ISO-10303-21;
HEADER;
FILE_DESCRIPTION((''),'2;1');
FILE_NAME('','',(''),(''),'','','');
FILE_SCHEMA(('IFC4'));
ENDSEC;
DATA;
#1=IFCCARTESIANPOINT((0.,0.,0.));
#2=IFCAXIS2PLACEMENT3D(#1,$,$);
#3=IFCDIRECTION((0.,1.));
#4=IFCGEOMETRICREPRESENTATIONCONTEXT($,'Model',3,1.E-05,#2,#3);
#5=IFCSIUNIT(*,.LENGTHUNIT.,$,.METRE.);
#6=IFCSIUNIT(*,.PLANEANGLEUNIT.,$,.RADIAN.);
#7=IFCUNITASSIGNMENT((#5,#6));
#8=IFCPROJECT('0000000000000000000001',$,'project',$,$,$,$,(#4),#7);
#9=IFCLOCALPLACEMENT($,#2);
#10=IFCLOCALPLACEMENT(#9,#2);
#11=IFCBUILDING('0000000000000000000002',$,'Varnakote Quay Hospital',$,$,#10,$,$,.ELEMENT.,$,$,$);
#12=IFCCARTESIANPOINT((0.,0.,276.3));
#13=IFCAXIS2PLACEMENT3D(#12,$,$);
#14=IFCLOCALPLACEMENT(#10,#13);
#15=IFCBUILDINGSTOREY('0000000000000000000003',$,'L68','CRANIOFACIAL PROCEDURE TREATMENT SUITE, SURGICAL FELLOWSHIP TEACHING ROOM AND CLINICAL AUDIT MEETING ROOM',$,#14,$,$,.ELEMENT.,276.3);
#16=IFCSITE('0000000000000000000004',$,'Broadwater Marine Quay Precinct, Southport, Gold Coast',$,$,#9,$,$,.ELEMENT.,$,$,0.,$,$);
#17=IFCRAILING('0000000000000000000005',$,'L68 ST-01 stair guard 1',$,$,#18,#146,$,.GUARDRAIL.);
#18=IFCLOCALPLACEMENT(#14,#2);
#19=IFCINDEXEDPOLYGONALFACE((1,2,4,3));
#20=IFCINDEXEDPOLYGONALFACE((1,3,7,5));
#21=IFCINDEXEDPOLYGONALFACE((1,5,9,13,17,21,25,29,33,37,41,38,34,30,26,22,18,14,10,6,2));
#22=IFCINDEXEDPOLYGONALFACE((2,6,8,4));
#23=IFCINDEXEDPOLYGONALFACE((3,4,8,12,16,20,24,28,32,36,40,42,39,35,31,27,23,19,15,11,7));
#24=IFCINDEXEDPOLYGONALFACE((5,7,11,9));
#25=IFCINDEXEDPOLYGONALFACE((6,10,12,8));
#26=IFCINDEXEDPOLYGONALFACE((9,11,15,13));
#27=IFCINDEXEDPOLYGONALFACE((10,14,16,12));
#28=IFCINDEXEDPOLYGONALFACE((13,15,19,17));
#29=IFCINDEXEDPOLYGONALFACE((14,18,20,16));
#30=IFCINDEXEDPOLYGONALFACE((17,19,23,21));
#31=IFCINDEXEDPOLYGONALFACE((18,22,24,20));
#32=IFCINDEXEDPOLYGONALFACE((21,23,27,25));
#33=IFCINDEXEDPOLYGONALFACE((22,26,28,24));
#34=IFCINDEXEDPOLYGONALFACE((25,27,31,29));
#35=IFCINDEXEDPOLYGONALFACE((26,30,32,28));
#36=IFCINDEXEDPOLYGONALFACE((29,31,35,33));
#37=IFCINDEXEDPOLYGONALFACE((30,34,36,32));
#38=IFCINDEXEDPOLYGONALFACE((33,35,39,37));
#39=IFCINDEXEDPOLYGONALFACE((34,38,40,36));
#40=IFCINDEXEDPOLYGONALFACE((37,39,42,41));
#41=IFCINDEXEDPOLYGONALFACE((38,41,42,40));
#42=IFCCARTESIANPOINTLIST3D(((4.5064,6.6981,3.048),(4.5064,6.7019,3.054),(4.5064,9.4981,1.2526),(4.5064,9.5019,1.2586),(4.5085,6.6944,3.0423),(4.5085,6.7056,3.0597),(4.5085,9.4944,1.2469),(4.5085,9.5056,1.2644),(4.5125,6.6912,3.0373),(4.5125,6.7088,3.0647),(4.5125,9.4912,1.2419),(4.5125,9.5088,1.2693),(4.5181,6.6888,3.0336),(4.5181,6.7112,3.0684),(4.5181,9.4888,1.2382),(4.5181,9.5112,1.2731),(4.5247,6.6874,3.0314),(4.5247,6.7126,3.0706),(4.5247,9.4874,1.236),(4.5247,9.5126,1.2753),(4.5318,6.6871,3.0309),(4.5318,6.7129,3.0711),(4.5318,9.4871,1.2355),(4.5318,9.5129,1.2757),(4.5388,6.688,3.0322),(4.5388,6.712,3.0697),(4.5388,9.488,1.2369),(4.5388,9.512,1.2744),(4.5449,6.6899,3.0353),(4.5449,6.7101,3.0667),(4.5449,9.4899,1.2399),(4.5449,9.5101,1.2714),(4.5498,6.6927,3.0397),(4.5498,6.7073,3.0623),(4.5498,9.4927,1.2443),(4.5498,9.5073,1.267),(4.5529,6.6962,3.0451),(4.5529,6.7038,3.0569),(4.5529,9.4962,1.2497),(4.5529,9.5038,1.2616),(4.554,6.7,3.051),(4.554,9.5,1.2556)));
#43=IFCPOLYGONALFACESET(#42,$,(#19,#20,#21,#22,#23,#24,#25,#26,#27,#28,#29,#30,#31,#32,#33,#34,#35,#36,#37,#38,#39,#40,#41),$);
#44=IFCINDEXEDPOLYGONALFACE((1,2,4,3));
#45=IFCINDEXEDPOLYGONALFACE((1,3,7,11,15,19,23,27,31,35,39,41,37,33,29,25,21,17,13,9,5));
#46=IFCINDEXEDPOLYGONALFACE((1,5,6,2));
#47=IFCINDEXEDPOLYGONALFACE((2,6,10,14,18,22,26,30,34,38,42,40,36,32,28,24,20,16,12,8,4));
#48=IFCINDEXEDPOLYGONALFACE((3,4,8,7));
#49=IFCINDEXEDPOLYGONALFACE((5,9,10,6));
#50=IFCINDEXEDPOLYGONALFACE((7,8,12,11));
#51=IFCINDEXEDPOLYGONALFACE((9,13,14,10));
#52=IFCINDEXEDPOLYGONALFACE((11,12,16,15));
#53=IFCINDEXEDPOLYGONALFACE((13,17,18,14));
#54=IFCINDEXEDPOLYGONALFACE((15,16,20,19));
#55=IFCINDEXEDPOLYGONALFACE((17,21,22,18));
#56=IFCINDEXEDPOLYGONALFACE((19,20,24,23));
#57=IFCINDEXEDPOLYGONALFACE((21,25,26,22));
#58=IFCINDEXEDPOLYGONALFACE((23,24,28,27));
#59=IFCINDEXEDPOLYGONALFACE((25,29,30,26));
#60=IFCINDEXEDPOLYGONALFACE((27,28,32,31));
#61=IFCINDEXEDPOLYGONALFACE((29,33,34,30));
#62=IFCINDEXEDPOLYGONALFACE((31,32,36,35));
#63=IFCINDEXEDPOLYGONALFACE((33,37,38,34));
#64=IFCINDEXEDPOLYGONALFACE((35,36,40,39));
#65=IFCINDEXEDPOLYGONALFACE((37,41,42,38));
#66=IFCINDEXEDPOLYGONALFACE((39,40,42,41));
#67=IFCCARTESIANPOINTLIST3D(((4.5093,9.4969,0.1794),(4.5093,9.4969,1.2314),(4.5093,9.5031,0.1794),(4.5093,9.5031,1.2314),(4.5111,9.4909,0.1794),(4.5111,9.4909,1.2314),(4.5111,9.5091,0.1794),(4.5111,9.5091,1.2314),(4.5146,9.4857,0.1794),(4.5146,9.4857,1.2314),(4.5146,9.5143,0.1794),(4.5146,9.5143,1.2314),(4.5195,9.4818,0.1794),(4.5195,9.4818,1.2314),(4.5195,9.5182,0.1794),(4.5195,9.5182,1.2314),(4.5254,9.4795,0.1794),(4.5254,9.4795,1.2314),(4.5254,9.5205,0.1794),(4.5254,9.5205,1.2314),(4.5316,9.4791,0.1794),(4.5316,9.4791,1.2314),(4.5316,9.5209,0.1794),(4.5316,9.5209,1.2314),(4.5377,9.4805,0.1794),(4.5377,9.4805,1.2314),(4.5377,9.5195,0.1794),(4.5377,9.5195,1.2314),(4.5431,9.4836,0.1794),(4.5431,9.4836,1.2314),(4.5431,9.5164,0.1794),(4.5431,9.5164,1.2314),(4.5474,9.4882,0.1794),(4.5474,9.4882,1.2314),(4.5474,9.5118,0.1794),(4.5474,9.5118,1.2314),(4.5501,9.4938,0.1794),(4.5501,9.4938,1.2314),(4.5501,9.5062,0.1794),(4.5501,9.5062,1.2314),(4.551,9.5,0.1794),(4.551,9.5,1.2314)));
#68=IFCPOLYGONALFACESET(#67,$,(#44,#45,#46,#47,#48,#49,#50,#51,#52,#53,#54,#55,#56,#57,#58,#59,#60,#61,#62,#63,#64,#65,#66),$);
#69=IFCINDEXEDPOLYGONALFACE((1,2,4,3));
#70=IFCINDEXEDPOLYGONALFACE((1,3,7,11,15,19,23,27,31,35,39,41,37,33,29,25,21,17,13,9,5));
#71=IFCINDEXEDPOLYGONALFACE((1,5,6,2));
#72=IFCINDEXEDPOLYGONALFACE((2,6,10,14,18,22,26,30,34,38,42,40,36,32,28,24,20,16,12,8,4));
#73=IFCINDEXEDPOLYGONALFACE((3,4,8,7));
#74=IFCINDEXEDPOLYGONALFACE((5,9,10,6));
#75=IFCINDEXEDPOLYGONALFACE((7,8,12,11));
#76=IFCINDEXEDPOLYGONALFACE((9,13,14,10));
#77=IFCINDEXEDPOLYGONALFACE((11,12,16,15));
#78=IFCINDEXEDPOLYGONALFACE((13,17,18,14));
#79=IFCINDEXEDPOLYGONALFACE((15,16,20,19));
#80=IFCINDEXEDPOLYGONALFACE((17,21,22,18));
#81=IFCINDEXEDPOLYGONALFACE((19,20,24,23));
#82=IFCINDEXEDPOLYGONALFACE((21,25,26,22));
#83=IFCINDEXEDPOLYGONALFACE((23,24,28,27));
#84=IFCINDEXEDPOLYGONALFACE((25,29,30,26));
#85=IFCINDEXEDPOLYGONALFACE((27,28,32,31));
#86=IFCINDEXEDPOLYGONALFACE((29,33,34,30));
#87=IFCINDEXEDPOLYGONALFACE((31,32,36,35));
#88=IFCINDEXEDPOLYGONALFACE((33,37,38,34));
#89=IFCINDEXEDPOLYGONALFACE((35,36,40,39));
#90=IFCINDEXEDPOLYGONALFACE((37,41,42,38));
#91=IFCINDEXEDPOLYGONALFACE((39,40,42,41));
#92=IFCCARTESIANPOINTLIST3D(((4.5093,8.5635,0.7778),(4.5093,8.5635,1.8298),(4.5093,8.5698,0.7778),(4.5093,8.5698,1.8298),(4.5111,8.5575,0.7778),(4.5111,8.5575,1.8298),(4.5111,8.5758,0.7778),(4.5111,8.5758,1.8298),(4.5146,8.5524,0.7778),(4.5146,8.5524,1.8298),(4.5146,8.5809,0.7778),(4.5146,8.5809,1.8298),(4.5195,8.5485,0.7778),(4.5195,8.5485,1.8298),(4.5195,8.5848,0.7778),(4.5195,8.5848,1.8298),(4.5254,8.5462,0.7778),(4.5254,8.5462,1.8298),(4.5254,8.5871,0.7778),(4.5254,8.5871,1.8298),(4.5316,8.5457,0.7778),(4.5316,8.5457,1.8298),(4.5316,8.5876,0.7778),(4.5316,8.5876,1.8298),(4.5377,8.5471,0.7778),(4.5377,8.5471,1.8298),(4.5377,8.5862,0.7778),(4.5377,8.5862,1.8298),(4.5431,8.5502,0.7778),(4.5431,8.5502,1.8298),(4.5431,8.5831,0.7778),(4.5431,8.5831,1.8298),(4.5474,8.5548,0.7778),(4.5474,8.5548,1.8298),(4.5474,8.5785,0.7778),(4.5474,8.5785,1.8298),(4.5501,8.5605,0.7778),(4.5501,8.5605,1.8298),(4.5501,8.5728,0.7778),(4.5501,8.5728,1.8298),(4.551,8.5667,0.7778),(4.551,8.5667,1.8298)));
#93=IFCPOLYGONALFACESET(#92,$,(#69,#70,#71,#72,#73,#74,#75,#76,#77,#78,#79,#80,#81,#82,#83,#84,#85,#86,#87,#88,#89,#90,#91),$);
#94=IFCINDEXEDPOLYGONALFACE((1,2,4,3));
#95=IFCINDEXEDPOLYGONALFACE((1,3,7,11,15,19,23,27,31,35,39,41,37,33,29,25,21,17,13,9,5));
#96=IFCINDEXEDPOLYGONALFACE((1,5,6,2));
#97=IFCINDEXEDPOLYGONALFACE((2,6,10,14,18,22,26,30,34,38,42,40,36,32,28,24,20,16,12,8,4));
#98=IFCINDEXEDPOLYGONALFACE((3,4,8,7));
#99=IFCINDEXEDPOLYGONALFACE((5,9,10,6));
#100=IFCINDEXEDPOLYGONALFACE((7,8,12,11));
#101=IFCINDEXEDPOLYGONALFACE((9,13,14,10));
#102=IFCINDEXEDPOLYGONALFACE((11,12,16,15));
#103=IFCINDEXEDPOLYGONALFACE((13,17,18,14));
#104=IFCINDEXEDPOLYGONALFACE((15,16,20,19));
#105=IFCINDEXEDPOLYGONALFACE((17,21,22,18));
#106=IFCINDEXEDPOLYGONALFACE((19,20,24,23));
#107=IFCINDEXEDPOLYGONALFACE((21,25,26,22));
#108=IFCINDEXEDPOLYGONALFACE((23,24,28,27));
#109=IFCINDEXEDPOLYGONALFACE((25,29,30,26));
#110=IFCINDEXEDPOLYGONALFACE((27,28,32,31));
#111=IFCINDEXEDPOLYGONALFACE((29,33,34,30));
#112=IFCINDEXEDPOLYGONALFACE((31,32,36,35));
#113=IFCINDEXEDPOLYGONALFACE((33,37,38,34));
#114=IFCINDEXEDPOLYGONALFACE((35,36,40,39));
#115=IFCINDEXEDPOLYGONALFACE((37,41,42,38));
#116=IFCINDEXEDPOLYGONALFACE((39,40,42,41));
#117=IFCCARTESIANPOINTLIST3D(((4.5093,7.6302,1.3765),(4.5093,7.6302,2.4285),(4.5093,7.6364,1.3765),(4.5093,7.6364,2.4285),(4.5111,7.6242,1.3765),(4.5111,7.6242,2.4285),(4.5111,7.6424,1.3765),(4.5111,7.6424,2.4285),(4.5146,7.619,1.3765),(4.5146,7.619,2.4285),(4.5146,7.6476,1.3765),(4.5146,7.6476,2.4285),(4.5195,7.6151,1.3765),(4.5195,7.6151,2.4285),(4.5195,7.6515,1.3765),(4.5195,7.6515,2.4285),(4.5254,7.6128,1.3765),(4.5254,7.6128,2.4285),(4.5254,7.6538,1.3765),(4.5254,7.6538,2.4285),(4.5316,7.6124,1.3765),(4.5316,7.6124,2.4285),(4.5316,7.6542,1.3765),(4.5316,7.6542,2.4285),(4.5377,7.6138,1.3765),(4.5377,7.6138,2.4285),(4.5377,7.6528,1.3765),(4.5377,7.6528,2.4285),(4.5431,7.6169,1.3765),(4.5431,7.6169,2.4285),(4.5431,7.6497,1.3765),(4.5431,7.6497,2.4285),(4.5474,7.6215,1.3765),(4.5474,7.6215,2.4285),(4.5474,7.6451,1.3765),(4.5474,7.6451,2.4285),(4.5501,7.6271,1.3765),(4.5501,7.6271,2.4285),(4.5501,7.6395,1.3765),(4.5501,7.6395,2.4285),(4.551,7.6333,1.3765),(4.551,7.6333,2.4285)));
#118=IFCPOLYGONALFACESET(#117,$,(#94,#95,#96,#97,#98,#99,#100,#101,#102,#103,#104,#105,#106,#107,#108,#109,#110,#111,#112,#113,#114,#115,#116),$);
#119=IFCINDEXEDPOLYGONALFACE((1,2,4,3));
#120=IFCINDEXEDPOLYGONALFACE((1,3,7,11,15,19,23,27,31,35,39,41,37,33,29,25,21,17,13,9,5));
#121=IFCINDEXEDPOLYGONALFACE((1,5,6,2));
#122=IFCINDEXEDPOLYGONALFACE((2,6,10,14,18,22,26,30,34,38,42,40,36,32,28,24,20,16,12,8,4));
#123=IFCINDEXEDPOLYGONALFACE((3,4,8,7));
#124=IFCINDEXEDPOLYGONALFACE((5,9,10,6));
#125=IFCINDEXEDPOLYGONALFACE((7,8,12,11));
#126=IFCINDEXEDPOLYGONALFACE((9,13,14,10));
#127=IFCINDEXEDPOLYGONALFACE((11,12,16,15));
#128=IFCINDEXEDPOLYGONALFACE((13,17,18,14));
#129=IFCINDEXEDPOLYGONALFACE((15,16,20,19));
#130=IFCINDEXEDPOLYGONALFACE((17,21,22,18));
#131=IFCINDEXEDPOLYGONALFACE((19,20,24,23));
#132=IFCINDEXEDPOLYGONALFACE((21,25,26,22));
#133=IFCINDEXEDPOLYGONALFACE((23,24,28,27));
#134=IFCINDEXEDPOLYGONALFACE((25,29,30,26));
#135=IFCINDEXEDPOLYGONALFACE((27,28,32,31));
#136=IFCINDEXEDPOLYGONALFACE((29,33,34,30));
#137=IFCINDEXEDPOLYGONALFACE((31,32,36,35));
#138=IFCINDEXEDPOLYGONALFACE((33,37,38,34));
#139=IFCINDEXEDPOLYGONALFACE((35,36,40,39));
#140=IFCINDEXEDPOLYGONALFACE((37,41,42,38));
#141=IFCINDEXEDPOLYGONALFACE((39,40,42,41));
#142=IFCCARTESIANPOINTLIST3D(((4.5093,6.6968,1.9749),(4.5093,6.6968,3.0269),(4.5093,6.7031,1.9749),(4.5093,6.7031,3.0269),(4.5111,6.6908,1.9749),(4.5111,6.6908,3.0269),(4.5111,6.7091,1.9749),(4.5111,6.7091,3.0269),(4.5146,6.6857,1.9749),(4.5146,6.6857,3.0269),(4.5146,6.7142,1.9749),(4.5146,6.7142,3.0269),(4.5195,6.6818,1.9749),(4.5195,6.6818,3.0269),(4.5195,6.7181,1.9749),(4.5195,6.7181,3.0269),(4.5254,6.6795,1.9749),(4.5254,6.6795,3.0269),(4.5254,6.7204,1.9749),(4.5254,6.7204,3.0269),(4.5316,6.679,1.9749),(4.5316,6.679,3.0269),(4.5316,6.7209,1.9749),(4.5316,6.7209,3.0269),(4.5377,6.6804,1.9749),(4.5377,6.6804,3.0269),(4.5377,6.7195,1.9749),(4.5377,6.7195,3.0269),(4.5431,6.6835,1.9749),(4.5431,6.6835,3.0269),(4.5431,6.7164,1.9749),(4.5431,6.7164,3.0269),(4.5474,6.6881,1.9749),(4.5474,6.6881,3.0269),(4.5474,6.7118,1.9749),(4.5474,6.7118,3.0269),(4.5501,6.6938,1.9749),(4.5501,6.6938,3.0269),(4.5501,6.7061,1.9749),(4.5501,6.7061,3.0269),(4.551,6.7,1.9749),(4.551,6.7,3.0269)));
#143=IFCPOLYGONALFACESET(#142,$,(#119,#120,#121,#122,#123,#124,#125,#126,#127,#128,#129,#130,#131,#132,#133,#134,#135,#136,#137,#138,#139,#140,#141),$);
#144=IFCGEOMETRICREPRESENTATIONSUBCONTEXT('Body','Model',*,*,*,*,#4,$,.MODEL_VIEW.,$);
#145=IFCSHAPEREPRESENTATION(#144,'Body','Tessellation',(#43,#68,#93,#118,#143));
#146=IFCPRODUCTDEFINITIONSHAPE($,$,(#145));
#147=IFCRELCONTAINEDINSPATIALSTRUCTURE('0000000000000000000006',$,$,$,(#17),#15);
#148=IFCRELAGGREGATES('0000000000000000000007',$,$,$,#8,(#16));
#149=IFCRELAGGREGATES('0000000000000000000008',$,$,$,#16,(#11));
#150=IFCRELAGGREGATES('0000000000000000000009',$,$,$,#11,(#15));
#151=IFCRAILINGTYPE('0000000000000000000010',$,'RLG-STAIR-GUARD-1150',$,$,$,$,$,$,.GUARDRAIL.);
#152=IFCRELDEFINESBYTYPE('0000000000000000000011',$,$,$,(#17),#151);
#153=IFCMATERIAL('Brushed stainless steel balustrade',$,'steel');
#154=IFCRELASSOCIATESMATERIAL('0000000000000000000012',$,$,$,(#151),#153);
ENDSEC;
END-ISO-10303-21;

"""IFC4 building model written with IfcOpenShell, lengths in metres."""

from ifc_helpers import new_model, si_unit, direction, frame, origin, origin_2d, place, context, subcontext, project, spatial, circle, extrude, material, type_object, element, save


model = new_model("IFC4")

# Units and contexts
model_context = context("Model", 3, precision=1e-05, world=origin(), true_north=direction((0.0, 1.0)))
body_context = subcontext(model_context, "Body", "Model", "MODEL_VIEW")
ifc_project = project(units=[si_unit("LENGTHUNIT", "METRE"), si_unit("PLANEANGLEUNIT", "RADIAN")], contexts=[model_context])

# Site, building, storey
site_placement = place(None, origin())
site = spatial("IfcSite", under=ifc_project, at=site_placement, Name="Broadwater Marine Quay Precinct, Southport, Gold Coast", CompositionType="ELEMENT", RefElevation=0.0)
building_placement = place(site_placement, origin())
building = spatial("IfcBuilding", under=site, at=building_placement, Name="Varnakote Quay Hospital", CompositionType="ELEMENT")
storey_placement = place(building_placement, frame((0.0, 0.0, 276.3)))
storey = spatial("IfcBuildingStorey", under=building, at=storey_placement, Name="L68", Description="CRANIOFACIAL PROCEDURE TREATMENT SUITE, SURGICAL FELLOWSHIP TEACHING ROOM AND CLINICAL AUDIT MEETING ROOM", CompositionType="ELEMENT", Elevation=276.3)

# Railing
ifc_material_1 = material(Name="Brushed stainless steel balustrade", Category="steel")
railing_type_1 = type_object("IfcRailingType", Name="RLG-STAIR-GUARD-1150", PredefinedType="GUARDRAIL", material=ifc_material_1)
railing_1_placement = place(storey_placement, frame((4.53, 9.5, 0.1794)))
element("IfcRailing", 1, at=railing_1_placement, inside=storey, type_object=railing_type_1, Name="L68 ST-01 stair guard 1", PredefinedType="GUARDRAIL", context=body_context, shape_type="SweptSolid", body=[
    extrude(circle(Radius=0.0239, at=origin_2d()), frame((0.0, 0.0, 1.0762), z_axis=(0.0, -0.84181, 0.539774), x_axis=(1.0, 0.0, 0.0)), (0.0, 0.0, 1.0), 3.3262),
    extrude(circle(Radius=0.021, at=origin_2d()), origin(), (0.0, 0.0, 1.0), 1.052),
    extrude(circle(Radius=0.021, at=origin_2d()), frame((0.0, -0.9333, 0.5984)), (0.0, 0.0, 1.0), 1.052),
    extrude(circle(Radius=0.021, at=origin_2d()), frame((0.0, -1.8667, 1.197)), (0.0, 0.0, 1.0), 1.052),
    extrude(circle(Radius=0.021, at=origin_2d()), frame((0.0, -2.8, 1.7954)), (0.0, 0.0, 1.0), 1.052),
])

save(model, "model.ifc")
